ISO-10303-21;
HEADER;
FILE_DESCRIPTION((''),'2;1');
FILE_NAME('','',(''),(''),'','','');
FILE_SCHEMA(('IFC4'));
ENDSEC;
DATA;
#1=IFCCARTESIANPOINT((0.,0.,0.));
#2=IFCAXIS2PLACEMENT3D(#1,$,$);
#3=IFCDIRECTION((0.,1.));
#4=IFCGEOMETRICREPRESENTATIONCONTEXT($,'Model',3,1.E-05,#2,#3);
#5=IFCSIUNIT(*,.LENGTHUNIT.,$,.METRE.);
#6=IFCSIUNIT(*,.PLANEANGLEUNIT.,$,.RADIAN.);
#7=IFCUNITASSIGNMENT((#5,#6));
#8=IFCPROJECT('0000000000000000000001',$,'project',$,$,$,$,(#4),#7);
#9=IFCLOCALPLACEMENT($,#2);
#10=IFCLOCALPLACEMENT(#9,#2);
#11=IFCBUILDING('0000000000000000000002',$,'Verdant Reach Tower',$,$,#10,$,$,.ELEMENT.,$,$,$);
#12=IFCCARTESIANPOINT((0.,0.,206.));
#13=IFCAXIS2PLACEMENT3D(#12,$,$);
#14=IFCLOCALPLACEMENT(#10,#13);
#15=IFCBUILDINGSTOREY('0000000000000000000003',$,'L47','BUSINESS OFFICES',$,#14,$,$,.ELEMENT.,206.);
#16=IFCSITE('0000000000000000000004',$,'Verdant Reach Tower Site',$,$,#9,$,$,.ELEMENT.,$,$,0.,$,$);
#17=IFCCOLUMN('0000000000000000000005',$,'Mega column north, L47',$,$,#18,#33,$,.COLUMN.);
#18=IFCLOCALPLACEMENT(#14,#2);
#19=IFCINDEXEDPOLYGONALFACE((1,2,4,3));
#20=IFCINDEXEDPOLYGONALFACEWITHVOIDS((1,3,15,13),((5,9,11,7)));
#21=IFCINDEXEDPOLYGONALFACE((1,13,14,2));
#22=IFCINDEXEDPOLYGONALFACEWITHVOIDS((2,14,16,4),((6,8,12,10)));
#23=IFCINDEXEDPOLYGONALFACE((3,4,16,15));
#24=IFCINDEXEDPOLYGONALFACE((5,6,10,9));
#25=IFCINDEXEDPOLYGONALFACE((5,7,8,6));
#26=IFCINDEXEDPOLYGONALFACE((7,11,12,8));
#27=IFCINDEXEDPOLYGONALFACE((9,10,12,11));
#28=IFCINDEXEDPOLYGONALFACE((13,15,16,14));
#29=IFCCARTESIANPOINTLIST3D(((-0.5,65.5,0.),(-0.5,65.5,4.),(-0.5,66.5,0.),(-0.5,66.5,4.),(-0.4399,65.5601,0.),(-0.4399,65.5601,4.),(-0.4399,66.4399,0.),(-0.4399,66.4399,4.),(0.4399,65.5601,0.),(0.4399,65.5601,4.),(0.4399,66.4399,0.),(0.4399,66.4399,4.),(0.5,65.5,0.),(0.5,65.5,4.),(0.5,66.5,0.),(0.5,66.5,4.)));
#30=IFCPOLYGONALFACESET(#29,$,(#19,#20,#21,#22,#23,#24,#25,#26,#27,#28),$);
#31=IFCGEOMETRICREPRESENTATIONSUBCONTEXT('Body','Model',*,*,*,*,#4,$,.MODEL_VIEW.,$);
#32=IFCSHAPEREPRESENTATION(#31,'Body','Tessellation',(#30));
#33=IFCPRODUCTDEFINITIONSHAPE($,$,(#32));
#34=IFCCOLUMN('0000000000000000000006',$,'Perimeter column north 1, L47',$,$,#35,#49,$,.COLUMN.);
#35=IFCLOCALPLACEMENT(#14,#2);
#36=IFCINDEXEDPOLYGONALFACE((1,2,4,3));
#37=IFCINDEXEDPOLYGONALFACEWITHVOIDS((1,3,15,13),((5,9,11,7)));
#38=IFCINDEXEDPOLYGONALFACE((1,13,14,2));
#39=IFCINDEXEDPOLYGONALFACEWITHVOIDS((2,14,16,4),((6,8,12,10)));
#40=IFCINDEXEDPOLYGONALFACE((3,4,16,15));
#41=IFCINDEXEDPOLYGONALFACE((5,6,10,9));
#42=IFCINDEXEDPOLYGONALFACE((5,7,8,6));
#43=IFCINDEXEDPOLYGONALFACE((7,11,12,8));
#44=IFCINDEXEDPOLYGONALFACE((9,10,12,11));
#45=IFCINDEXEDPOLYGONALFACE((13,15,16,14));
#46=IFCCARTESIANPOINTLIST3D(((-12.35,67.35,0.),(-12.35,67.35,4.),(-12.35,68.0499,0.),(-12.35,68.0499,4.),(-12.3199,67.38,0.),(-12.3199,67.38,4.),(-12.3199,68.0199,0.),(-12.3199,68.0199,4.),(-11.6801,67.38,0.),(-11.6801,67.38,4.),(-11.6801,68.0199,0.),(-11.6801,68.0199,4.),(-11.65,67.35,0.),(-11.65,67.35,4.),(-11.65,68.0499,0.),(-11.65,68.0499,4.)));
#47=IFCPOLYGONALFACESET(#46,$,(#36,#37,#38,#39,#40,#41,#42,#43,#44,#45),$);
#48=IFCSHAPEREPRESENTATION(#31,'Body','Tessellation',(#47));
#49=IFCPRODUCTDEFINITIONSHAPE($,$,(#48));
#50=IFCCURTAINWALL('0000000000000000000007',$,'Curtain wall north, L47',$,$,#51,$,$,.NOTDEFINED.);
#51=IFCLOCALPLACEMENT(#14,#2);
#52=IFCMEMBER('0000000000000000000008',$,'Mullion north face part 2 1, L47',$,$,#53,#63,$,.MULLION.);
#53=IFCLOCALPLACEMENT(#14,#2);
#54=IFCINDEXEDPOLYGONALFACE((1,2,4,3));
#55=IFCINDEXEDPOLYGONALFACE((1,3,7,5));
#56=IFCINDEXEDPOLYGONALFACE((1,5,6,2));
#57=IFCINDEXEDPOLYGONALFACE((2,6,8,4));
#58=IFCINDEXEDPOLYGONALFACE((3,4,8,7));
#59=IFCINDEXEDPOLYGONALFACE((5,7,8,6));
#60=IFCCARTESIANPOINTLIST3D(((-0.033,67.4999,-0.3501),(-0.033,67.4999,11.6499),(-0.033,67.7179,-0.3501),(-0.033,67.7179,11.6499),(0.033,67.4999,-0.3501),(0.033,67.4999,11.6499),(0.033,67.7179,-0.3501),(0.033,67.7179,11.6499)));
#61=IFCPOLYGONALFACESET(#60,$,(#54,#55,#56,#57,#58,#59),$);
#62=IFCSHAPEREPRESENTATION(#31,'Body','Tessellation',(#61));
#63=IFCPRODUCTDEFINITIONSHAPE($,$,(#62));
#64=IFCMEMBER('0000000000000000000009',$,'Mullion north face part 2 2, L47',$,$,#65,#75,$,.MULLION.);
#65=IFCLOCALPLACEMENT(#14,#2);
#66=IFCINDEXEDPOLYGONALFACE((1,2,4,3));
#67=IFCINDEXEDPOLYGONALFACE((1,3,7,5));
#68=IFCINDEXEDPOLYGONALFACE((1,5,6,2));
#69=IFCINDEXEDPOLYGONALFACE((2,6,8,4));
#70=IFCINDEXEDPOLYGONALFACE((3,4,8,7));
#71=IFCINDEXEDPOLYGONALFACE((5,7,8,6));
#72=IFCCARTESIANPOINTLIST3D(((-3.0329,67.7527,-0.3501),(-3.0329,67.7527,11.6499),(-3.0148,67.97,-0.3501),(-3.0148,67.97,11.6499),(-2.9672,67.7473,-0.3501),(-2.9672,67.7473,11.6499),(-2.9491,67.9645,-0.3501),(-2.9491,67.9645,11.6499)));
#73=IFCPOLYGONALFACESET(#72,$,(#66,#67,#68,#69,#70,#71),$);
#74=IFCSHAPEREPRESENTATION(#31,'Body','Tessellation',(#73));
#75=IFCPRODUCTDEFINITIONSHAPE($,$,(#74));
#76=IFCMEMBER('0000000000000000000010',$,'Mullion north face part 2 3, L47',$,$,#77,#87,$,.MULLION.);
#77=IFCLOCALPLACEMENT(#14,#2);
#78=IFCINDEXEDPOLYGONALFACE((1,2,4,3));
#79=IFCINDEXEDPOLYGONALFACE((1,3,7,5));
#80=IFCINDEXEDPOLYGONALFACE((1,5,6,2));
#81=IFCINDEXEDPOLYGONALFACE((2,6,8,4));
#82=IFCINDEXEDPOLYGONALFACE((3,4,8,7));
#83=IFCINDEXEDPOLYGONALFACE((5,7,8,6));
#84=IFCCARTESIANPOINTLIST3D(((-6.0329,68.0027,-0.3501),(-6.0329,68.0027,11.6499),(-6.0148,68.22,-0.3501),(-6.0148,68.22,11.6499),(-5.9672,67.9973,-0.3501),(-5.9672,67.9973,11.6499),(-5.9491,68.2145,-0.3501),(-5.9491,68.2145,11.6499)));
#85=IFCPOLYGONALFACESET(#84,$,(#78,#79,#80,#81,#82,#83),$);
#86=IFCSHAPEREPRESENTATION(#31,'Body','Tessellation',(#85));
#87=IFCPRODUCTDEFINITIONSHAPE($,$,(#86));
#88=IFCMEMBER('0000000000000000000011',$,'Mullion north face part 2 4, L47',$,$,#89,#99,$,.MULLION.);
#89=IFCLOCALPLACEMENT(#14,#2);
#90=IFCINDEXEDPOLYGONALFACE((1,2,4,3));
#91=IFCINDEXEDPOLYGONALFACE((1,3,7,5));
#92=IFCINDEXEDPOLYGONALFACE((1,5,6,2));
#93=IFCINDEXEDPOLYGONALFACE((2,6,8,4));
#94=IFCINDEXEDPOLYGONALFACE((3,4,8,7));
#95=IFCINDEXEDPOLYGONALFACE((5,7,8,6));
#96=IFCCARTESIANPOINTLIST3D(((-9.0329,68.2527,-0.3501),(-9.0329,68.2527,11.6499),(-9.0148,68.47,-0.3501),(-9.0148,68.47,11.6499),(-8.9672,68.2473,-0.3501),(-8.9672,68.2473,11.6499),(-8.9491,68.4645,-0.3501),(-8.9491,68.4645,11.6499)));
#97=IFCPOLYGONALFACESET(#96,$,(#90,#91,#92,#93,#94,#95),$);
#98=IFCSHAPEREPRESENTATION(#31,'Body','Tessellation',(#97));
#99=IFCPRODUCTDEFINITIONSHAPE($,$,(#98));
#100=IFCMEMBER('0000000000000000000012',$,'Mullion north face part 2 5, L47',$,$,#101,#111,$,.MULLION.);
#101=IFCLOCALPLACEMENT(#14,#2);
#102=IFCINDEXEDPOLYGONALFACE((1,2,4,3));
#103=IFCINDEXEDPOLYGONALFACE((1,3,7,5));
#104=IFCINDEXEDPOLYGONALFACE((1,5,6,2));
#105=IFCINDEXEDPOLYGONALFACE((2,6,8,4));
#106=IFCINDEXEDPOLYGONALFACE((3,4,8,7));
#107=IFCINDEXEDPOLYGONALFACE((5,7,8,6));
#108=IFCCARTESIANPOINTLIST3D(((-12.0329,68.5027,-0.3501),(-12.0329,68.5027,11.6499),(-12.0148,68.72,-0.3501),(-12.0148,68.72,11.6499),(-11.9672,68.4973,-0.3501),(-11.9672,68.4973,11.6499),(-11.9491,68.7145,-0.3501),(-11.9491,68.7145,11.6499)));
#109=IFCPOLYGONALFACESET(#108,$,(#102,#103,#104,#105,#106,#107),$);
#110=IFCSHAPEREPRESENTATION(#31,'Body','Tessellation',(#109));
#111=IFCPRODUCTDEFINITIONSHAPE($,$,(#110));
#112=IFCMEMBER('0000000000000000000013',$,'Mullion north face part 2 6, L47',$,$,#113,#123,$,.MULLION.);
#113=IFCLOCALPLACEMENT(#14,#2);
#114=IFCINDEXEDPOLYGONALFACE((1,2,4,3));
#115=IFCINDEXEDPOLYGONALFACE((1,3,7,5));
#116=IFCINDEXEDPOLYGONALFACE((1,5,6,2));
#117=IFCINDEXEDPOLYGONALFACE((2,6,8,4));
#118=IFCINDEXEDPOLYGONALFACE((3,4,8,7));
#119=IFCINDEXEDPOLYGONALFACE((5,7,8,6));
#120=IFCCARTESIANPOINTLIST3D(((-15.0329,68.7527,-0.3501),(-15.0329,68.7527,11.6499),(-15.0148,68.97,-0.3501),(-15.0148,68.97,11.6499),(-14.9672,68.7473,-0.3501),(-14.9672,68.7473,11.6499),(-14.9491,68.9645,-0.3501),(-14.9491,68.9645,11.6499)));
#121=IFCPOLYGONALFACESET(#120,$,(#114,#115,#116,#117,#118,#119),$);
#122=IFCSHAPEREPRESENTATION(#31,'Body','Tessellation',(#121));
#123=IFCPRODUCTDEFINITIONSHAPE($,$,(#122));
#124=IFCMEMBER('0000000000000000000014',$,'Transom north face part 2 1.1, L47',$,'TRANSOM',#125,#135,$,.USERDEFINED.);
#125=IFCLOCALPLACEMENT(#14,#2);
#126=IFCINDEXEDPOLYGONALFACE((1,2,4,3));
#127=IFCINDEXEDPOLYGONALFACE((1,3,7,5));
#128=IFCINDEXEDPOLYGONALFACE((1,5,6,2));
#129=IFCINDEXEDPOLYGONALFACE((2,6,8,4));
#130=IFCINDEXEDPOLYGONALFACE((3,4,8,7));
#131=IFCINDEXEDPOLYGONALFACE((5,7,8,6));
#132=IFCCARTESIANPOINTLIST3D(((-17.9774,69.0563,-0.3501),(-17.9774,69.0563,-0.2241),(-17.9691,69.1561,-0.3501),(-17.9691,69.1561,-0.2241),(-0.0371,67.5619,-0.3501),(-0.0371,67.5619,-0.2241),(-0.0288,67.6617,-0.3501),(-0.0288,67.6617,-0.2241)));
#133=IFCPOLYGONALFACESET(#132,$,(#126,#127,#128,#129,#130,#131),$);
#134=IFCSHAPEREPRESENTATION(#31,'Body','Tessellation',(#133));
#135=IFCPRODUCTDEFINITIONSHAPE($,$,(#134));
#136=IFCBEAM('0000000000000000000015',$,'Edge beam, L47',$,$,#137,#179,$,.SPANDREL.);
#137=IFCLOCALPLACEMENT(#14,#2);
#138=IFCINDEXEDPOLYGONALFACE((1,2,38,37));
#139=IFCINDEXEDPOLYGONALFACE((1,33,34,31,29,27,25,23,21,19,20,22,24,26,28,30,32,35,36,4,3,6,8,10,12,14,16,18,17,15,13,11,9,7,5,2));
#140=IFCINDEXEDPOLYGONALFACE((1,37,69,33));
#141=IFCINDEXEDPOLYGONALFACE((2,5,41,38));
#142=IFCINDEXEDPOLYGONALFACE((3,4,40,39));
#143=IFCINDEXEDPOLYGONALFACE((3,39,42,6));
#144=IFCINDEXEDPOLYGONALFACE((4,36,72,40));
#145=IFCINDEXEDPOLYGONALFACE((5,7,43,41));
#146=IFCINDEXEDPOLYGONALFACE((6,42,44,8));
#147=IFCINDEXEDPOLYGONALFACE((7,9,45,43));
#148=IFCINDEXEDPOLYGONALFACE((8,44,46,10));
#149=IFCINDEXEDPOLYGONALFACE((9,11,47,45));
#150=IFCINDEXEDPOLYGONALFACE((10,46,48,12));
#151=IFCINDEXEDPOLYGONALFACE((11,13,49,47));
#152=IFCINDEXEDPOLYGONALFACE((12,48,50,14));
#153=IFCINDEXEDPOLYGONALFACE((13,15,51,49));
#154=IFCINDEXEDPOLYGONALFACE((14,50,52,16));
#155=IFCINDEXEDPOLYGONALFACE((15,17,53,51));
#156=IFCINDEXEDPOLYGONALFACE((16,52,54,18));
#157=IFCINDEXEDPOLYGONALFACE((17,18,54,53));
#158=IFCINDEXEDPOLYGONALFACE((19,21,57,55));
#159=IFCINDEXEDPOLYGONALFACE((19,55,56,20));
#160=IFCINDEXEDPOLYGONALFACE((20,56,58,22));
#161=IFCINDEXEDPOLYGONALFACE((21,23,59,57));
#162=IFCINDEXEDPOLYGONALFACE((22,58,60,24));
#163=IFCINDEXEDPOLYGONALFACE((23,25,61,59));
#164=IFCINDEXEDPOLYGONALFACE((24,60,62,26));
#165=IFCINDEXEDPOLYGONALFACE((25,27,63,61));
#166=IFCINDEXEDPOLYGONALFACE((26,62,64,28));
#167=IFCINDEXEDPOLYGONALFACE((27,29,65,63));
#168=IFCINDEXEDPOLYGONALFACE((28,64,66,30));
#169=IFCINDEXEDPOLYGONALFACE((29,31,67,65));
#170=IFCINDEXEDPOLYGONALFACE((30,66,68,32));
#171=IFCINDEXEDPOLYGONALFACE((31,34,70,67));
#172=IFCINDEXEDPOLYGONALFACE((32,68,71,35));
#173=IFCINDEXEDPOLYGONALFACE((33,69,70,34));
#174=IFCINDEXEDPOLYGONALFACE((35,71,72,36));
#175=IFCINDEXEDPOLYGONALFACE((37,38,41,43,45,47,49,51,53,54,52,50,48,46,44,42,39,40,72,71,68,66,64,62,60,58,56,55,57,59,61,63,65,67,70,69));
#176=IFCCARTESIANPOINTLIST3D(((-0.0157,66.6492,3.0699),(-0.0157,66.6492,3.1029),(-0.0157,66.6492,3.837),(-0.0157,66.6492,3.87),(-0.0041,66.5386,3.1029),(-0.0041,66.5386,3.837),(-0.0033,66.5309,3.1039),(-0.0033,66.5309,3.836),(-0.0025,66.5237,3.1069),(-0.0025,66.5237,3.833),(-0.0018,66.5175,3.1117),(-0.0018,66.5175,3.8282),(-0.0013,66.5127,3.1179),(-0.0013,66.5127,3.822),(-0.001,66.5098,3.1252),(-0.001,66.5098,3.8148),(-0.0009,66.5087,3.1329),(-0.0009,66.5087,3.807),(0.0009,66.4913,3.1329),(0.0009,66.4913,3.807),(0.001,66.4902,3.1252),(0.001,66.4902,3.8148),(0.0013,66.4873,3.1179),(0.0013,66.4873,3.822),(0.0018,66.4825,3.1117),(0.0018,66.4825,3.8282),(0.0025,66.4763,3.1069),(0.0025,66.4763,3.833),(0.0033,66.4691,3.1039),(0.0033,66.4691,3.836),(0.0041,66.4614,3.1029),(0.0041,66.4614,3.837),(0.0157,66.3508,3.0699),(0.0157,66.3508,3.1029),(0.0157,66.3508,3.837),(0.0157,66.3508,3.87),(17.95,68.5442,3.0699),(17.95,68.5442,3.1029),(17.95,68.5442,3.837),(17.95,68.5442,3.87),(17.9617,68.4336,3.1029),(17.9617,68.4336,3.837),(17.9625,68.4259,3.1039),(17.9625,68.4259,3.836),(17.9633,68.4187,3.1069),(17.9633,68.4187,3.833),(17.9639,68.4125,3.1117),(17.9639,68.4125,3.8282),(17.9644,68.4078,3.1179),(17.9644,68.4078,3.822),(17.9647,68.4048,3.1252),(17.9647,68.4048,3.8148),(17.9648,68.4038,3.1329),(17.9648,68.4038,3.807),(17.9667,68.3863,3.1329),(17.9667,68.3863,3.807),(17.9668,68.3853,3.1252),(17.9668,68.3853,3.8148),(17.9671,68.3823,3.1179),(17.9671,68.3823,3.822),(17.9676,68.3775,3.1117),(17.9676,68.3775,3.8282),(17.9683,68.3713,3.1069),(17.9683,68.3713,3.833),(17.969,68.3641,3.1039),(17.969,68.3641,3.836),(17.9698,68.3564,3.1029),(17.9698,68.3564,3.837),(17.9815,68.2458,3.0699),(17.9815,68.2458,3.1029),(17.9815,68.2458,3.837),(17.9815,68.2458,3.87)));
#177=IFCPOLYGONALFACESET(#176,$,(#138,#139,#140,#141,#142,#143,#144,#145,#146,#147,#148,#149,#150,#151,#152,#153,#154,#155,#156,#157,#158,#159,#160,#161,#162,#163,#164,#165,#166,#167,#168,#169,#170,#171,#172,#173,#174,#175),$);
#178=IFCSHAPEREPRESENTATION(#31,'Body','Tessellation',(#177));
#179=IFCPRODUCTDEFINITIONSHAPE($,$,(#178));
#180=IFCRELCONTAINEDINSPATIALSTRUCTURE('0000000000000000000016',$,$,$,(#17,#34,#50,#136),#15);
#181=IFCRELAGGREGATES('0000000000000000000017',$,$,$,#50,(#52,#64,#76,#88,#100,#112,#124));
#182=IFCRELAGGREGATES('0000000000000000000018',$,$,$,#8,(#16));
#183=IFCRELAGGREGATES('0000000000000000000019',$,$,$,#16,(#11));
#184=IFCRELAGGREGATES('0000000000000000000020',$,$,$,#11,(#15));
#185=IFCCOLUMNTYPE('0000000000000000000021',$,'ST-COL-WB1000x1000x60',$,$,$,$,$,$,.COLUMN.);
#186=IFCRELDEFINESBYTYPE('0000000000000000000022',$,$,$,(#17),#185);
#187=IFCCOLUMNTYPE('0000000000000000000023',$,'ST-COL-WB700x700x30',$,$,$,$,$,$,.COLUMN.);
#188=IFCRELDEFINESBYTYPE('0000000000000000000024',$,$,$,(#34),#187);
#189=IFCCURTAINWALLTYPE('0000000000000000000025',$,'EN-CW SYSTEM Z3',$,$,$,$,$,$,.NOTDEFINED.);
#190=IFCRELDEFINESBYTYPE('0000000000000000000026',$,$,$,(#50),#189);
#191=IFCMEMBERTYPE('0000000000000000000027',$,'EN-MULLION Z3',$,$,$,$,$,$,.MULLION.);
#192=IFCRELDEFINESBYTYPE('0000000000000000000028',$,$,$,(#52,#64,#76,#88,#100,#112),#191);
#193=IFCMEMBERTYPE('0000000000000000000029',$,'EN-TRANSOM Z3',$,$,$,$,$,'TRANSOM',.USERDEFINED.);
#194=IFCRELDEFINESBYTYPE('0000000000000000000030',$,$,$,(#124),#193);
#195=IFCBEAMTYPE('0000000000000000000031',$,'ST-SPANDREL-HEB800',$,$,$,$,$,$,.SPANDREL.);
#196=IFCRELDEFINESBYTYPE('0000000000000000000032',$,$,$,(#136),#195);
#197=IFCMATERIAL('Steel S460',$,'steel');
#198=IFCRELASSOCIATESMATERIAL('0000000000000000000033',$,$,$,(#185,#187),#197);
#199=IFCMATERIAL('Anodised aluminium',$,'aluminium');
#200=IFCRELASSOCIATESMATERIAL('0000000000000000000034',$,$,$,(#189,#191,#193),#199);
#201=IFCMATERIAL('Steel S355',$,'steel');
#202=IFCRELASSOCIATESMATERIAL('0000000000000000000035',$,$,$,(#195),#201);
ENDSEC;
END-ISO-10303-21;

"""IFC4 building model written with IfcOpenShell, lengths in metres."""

from ifc_helpers import new_model, si_unit, direction, frame, origin, origin_2d, place, context, subcontext, project, spatial, rectangle, hollow_rectangle, i_section, extrude, material, material_profile, profile_set, type_object, element, aggregate, save


model = new_model("IFC4")

# Units and contexts
model_context = context("Model", 3, precision=1e-05, world=origin(), true_north=direction((0.0, 1.0)))
body_context = subcontext(model_context, "Body", "Model", "MODEL_VIEW")
ifc_project = project(units=[si_unit("LENGTHUNIT", "METRE"), si_unit("PLANEANGLEUNIT", "RADIAN")], contexts=[model_context])

# Site, building, storey
site_placement = place(None, origin())
site = spatial("IfcSite", under=ifc_project, at=site_placement, Name="Verdant Reach Tower Site", CompositionType="ELEMENT", RefElevation=0.0)
building_placement = place(site_placement, origin())
building = spatial("IfcBuilding", under=site, at=building_placement, Name="Verdant Reach Tower", CompositionType="ELEMENT")
storey_placement = place(building_placement, frame((0.0, 0.0, 206.0)))
storey = spatial("IfcBuildingStorey", under=building, at=storey_placement, Name="L47", Description="BUSINESS OFFICES", CompositionType="ELEMENT", Elevation=206.0)

# Columns
ifc_material_1 = material(Name="Steel S460", Category="steel")
ifc_material_profile_1 = material_profile(ifc_material_1, hollow_rectangle(XDim=1.0, YDim=1.0, WallThickness=0.0601, at=origin_2d()), Name="WB 1000x1000x60")
ifc_profile_set_1 = profile_set([ifc_material_profile_1], Name="Steel S460")
column_type_1 = type_object("IfcColumnType", Name="ST-COL-WB1000x1000x60", PredefinedType="COLUMN", material=ifc_profile_set_1)
column_1_placement = place(storey_placement, frame((0.0, 66.0, 0.0), z_axis=(0.0, 0.0, 1.0), x_axis=(1.0, 0.0, 0.0)))
element("IfcColumn", 1, at=column_1_placement, inside=storey, type_object=column_type_1, Name="Mega column north, L47", PredefinedType="COLUMN", context=body_context, shape_type="SweptSolid", body=[
    extrude(hollow_rectangle(XDim=1.0, YDim=1.0, WallThickness=0.0601, at=origin_2d()), origin(), (0.0, 0.0, 1.0), 4.0),
])
ifc_material_profile_2 = material_profile(ifc_material_1, hollow_rectangle(XDim=0.7, YDim=0.7, WallThickness=0.03, at=origin_2d()), Name="WB 700x700x30")
ifc_profile_set_2 = profile_set([ifc_material_profile_2], Name="Steel S460")
column_type_2 = type_object("IfcColumnType", Name="ST-COL-WB700x700x30", PredefinedType="COLUMN", material=ifc_profile_set_2)
column_2_placement = place(storey_placement, frame((-12.0, 67.7, 0.0), z_axis=(0.0, 0.0, 1.0), x_axis=(1.0, 0.0, 0.0)))
element("IfcColumn", 2, at=column_2_placement, inside=storey, type_object=column_type_2, Name="Perimeter column north 1, L47", PredefinedType="COLUMN", context=body_context, shape_type="SweptSolid", body=[
    extrude(hollow_rectangle(XDim=0.7, YDim=0.7, WallThickness=0.03, at=origin_2d()), origin(), (0.0, 0.0, 1.0), 4.0),
])

# Curtain wall, members
ifc_material_2 = material(Name="Anodised aluminium", Category="aluminium")
curtain_wall_type = type_object("IfcCurtainWallType", Name="EN-CW SYSTEM Z3", PredefinedType="NOTDEFINED", material=ifc_material_2)
curtain_wall_placement = place(storey_placement, origin())
curtain_wall = element("IfcCurtainWall", 3, at=curtain_wall_placement, inside=storey, type_object=curtain_wall_type, Name="Curtain wall north, L47", PredefinedType="NOTDEFINED")
ifc_material_profile_3 = material_profile(ifc_material_2, rectangle(XDim=0.218, YDim=0.0659, at=origin_2d()), Name="Mullion 66x218")
ifc_profile_set_3 = profile_set([ifc_material_profile_3], Name="Anodised aluminium")
member_type_1 = type_object("IfcMemberType", Name="EN-MULLION Z3", PredefinedType="MULLION", material=ifc_profile_set_3)
member_1_placement = place(storey_placement, frame((0.0, 67.6089, -0.3501), z_axis=(0.0, 0.0, 1.0), x_axis=(0.0, 1.0, 0.0)))
member_1 = element("IfcMember", 4, at=member_1_placement, type_object=member_type_1, Name="Mullion north face part 2 1, L47", PredefinedType="MULLION", context=body_context, shape_type="SweptSolid", body=[
    extrude(rectangle(XDim=0.218, YDim=0.0659, at=origin_2d()), origin(), (0.0, 0.0, 1.0), 12.0),
])
member_2_placement = place(storey_placement, frame((-2.991, 67.8586, -0.3501), z_axis=(0.0, 0.0, 1.0), x_axis=(0.083045, 0.996546, 0.0)))
member_2 = element("IfcMember", 5, at=member_2_placement, type_object=member_type_1, Name="Mullion north face part 2 2, L47", PredefinedType="MULLION", context=body_context, shape_type="SweptSolid", body=[
    extrude(rectangle(XDim=0.218, YDim=0.0659, at=origin_2d()), origin(), (0.0, 0.0, 1.0), 12.0),
])
member_3_placement = place(storey_placement, frame((-5.991, 68.1086, -0.3501), z_axis=(0.0, 0.0, 1.0), x_axis=(0.083045, 0.996546, 0.0)))
member_3 = element("IfcMember", 6, at=member_3_placement, type_object=member_type_1, Name="Mullion north face part 2 3, L47", PredefinedType="MULLION", context=body_context, shape_type="SweptSolid", body=[
    extrude(rectangle(XDim=0.218, YDim=0.0659, at=origin_2d()), origin(), (0.0, 0.0, 1.0), 12.0),
])
member_4_placement = place(storey_placement, frame((-8.991, 68.3586, -0.3501), z_axis=(0.0, 0.0, 1.0), x_axis=(0.083045, 0.996546, 0.0)))
member_4 = element("IfcMember", 7, at=member_4_placement, type_object=member_type_1, Name="Mullion north face part 2 4, L47", PredefinedType="MULLION", context=body_context, shape_type="SweptSolid", body=[
    extrude(rectangle(XDim=0.218, YDim=0.0659, at=origin_2d()), origin(), (0.0, 0.0, 1.0), 12.0),
])
member_5_placement = place(storey_placement, frame((-11.991, 68.6086, -0.3501), z_axis=(0.0, 0.0, 1.0), x_axis=(0.083045, 0.996546, 0.0)))
member_5 = element("IfcMember", 8, at=member_5_placement, type_object=member_type_1, Name="Mullion north face part 2 5, L47", PredefinedType="MULLION", context=body_context, shape_type="SweptSolid", body=[
    extrude(rectangle(XDim=0.218, YDim=0.0659, at=origin_2d()), origin(), (0.0, 0.0, 1.0), 12.0),
])
member_6_placement = place(storey_placement, frame((-14.991, 68.8586, -0.3501), z_axis=(0.0, 0.0, 1.0), x_axis=(0.083045, 0.996546, 0.0)))
member_6 = element("IfcMember", 9, at=member_6_placement, type_object=member_type_1, Name="Mullion north face part 2 6, L47", PredefinedType="MULLION", context=body_context, shape_type="SweptSolid", body=[
    extrude(rectangle(XDim=0.218, YDim=0.0659, at=origin_2d()), origin(), (0.0, 0.0, 1.0), 12.0),
])
ifc_material_profile_4 = material_profile(ifc_material_2, rectangle(XDim=0.1001, YDim=0.126, at=origin_2d()), Name="Transom 126x100")
ifc_profile_set_4 = profile_set([ifc_material_profile_4], Name="Anodised aluminium")
member_type_2 = type_object("IfcMemberType", Name="EN-TRANSOM Z3", ElementType="TRANSOM", PredefinedType="USERDEFINED", material=ifc_profile_set_4)
member_7_placement = place(storey_placement, frame((-0.033, 67.6118, -0.2871), z_axis=(-0.996549, 0.08301, 0.0), x_axis=(-0.08301, -0.996549, 0.0)))
member_7 = element("IfcMember", 10, at=member_7_placement, type_object=member_type_2, Name="Transom north face part 2 1.1, L47", ObjectType="TRANSOM", PredefinedType="USERDEFINED", context=body_context, shape_type="SweptSolid", body=[
    extrude(rectangle(XDim=0.1001, YDim=0.126, at=origin_2d()), origin(), (0.0, 0.0, 1.0), 18.0024),
])

# Beam
ifc_material_3 = material(Name="Steel S355", Category="steel")
ifc_material_profile_5 = material_profile(ifc_material_3, i_section(OverallWidth=0.3, OverallDepth=0.8, WebThickness=0.0176, FlangeThickness=0.033, FilletRadius=0.03, at=origin_2d()), Name="HEB 800")
ifc_profile_set_5 = profile_set([ifc_material_profile_5], Name="Steel S355")
beam_type = type_object("IfcBeamType", Name="ST-SPANDREL-HEB800", PredefinedType="SPANDREL", material=ifc_profile_set_5)
beam_placement = place(storey_placement, frame((0.0, 66.5, 3.47), z_axis=(0.994483, 0.104897, 0.0), x_axis=(-0.104897, 0.994483, 0.0)))
element("IfcBeam", 11, at=beam_placement, inside=storey, type_object=beam_type, Name="Edge beam, L47", PredefinedType="SPANDREL", context=body_context, shape_type="SweptSolid", body=[
    extrude(i_section(OverallWidth=0.3, OverallDepth=0.8, WebThickness=0.0176, FlangeThickness=0.033, FilletRadius=0.03, at=origin_2d()), origin(), (0.0, 0.0, 1.0), 18.0654),
])

aggregate(curtain_wall, [member_1, member_2, member_3, member_4, member_5, member_6, member_7])

save(model, "model.ifc")
